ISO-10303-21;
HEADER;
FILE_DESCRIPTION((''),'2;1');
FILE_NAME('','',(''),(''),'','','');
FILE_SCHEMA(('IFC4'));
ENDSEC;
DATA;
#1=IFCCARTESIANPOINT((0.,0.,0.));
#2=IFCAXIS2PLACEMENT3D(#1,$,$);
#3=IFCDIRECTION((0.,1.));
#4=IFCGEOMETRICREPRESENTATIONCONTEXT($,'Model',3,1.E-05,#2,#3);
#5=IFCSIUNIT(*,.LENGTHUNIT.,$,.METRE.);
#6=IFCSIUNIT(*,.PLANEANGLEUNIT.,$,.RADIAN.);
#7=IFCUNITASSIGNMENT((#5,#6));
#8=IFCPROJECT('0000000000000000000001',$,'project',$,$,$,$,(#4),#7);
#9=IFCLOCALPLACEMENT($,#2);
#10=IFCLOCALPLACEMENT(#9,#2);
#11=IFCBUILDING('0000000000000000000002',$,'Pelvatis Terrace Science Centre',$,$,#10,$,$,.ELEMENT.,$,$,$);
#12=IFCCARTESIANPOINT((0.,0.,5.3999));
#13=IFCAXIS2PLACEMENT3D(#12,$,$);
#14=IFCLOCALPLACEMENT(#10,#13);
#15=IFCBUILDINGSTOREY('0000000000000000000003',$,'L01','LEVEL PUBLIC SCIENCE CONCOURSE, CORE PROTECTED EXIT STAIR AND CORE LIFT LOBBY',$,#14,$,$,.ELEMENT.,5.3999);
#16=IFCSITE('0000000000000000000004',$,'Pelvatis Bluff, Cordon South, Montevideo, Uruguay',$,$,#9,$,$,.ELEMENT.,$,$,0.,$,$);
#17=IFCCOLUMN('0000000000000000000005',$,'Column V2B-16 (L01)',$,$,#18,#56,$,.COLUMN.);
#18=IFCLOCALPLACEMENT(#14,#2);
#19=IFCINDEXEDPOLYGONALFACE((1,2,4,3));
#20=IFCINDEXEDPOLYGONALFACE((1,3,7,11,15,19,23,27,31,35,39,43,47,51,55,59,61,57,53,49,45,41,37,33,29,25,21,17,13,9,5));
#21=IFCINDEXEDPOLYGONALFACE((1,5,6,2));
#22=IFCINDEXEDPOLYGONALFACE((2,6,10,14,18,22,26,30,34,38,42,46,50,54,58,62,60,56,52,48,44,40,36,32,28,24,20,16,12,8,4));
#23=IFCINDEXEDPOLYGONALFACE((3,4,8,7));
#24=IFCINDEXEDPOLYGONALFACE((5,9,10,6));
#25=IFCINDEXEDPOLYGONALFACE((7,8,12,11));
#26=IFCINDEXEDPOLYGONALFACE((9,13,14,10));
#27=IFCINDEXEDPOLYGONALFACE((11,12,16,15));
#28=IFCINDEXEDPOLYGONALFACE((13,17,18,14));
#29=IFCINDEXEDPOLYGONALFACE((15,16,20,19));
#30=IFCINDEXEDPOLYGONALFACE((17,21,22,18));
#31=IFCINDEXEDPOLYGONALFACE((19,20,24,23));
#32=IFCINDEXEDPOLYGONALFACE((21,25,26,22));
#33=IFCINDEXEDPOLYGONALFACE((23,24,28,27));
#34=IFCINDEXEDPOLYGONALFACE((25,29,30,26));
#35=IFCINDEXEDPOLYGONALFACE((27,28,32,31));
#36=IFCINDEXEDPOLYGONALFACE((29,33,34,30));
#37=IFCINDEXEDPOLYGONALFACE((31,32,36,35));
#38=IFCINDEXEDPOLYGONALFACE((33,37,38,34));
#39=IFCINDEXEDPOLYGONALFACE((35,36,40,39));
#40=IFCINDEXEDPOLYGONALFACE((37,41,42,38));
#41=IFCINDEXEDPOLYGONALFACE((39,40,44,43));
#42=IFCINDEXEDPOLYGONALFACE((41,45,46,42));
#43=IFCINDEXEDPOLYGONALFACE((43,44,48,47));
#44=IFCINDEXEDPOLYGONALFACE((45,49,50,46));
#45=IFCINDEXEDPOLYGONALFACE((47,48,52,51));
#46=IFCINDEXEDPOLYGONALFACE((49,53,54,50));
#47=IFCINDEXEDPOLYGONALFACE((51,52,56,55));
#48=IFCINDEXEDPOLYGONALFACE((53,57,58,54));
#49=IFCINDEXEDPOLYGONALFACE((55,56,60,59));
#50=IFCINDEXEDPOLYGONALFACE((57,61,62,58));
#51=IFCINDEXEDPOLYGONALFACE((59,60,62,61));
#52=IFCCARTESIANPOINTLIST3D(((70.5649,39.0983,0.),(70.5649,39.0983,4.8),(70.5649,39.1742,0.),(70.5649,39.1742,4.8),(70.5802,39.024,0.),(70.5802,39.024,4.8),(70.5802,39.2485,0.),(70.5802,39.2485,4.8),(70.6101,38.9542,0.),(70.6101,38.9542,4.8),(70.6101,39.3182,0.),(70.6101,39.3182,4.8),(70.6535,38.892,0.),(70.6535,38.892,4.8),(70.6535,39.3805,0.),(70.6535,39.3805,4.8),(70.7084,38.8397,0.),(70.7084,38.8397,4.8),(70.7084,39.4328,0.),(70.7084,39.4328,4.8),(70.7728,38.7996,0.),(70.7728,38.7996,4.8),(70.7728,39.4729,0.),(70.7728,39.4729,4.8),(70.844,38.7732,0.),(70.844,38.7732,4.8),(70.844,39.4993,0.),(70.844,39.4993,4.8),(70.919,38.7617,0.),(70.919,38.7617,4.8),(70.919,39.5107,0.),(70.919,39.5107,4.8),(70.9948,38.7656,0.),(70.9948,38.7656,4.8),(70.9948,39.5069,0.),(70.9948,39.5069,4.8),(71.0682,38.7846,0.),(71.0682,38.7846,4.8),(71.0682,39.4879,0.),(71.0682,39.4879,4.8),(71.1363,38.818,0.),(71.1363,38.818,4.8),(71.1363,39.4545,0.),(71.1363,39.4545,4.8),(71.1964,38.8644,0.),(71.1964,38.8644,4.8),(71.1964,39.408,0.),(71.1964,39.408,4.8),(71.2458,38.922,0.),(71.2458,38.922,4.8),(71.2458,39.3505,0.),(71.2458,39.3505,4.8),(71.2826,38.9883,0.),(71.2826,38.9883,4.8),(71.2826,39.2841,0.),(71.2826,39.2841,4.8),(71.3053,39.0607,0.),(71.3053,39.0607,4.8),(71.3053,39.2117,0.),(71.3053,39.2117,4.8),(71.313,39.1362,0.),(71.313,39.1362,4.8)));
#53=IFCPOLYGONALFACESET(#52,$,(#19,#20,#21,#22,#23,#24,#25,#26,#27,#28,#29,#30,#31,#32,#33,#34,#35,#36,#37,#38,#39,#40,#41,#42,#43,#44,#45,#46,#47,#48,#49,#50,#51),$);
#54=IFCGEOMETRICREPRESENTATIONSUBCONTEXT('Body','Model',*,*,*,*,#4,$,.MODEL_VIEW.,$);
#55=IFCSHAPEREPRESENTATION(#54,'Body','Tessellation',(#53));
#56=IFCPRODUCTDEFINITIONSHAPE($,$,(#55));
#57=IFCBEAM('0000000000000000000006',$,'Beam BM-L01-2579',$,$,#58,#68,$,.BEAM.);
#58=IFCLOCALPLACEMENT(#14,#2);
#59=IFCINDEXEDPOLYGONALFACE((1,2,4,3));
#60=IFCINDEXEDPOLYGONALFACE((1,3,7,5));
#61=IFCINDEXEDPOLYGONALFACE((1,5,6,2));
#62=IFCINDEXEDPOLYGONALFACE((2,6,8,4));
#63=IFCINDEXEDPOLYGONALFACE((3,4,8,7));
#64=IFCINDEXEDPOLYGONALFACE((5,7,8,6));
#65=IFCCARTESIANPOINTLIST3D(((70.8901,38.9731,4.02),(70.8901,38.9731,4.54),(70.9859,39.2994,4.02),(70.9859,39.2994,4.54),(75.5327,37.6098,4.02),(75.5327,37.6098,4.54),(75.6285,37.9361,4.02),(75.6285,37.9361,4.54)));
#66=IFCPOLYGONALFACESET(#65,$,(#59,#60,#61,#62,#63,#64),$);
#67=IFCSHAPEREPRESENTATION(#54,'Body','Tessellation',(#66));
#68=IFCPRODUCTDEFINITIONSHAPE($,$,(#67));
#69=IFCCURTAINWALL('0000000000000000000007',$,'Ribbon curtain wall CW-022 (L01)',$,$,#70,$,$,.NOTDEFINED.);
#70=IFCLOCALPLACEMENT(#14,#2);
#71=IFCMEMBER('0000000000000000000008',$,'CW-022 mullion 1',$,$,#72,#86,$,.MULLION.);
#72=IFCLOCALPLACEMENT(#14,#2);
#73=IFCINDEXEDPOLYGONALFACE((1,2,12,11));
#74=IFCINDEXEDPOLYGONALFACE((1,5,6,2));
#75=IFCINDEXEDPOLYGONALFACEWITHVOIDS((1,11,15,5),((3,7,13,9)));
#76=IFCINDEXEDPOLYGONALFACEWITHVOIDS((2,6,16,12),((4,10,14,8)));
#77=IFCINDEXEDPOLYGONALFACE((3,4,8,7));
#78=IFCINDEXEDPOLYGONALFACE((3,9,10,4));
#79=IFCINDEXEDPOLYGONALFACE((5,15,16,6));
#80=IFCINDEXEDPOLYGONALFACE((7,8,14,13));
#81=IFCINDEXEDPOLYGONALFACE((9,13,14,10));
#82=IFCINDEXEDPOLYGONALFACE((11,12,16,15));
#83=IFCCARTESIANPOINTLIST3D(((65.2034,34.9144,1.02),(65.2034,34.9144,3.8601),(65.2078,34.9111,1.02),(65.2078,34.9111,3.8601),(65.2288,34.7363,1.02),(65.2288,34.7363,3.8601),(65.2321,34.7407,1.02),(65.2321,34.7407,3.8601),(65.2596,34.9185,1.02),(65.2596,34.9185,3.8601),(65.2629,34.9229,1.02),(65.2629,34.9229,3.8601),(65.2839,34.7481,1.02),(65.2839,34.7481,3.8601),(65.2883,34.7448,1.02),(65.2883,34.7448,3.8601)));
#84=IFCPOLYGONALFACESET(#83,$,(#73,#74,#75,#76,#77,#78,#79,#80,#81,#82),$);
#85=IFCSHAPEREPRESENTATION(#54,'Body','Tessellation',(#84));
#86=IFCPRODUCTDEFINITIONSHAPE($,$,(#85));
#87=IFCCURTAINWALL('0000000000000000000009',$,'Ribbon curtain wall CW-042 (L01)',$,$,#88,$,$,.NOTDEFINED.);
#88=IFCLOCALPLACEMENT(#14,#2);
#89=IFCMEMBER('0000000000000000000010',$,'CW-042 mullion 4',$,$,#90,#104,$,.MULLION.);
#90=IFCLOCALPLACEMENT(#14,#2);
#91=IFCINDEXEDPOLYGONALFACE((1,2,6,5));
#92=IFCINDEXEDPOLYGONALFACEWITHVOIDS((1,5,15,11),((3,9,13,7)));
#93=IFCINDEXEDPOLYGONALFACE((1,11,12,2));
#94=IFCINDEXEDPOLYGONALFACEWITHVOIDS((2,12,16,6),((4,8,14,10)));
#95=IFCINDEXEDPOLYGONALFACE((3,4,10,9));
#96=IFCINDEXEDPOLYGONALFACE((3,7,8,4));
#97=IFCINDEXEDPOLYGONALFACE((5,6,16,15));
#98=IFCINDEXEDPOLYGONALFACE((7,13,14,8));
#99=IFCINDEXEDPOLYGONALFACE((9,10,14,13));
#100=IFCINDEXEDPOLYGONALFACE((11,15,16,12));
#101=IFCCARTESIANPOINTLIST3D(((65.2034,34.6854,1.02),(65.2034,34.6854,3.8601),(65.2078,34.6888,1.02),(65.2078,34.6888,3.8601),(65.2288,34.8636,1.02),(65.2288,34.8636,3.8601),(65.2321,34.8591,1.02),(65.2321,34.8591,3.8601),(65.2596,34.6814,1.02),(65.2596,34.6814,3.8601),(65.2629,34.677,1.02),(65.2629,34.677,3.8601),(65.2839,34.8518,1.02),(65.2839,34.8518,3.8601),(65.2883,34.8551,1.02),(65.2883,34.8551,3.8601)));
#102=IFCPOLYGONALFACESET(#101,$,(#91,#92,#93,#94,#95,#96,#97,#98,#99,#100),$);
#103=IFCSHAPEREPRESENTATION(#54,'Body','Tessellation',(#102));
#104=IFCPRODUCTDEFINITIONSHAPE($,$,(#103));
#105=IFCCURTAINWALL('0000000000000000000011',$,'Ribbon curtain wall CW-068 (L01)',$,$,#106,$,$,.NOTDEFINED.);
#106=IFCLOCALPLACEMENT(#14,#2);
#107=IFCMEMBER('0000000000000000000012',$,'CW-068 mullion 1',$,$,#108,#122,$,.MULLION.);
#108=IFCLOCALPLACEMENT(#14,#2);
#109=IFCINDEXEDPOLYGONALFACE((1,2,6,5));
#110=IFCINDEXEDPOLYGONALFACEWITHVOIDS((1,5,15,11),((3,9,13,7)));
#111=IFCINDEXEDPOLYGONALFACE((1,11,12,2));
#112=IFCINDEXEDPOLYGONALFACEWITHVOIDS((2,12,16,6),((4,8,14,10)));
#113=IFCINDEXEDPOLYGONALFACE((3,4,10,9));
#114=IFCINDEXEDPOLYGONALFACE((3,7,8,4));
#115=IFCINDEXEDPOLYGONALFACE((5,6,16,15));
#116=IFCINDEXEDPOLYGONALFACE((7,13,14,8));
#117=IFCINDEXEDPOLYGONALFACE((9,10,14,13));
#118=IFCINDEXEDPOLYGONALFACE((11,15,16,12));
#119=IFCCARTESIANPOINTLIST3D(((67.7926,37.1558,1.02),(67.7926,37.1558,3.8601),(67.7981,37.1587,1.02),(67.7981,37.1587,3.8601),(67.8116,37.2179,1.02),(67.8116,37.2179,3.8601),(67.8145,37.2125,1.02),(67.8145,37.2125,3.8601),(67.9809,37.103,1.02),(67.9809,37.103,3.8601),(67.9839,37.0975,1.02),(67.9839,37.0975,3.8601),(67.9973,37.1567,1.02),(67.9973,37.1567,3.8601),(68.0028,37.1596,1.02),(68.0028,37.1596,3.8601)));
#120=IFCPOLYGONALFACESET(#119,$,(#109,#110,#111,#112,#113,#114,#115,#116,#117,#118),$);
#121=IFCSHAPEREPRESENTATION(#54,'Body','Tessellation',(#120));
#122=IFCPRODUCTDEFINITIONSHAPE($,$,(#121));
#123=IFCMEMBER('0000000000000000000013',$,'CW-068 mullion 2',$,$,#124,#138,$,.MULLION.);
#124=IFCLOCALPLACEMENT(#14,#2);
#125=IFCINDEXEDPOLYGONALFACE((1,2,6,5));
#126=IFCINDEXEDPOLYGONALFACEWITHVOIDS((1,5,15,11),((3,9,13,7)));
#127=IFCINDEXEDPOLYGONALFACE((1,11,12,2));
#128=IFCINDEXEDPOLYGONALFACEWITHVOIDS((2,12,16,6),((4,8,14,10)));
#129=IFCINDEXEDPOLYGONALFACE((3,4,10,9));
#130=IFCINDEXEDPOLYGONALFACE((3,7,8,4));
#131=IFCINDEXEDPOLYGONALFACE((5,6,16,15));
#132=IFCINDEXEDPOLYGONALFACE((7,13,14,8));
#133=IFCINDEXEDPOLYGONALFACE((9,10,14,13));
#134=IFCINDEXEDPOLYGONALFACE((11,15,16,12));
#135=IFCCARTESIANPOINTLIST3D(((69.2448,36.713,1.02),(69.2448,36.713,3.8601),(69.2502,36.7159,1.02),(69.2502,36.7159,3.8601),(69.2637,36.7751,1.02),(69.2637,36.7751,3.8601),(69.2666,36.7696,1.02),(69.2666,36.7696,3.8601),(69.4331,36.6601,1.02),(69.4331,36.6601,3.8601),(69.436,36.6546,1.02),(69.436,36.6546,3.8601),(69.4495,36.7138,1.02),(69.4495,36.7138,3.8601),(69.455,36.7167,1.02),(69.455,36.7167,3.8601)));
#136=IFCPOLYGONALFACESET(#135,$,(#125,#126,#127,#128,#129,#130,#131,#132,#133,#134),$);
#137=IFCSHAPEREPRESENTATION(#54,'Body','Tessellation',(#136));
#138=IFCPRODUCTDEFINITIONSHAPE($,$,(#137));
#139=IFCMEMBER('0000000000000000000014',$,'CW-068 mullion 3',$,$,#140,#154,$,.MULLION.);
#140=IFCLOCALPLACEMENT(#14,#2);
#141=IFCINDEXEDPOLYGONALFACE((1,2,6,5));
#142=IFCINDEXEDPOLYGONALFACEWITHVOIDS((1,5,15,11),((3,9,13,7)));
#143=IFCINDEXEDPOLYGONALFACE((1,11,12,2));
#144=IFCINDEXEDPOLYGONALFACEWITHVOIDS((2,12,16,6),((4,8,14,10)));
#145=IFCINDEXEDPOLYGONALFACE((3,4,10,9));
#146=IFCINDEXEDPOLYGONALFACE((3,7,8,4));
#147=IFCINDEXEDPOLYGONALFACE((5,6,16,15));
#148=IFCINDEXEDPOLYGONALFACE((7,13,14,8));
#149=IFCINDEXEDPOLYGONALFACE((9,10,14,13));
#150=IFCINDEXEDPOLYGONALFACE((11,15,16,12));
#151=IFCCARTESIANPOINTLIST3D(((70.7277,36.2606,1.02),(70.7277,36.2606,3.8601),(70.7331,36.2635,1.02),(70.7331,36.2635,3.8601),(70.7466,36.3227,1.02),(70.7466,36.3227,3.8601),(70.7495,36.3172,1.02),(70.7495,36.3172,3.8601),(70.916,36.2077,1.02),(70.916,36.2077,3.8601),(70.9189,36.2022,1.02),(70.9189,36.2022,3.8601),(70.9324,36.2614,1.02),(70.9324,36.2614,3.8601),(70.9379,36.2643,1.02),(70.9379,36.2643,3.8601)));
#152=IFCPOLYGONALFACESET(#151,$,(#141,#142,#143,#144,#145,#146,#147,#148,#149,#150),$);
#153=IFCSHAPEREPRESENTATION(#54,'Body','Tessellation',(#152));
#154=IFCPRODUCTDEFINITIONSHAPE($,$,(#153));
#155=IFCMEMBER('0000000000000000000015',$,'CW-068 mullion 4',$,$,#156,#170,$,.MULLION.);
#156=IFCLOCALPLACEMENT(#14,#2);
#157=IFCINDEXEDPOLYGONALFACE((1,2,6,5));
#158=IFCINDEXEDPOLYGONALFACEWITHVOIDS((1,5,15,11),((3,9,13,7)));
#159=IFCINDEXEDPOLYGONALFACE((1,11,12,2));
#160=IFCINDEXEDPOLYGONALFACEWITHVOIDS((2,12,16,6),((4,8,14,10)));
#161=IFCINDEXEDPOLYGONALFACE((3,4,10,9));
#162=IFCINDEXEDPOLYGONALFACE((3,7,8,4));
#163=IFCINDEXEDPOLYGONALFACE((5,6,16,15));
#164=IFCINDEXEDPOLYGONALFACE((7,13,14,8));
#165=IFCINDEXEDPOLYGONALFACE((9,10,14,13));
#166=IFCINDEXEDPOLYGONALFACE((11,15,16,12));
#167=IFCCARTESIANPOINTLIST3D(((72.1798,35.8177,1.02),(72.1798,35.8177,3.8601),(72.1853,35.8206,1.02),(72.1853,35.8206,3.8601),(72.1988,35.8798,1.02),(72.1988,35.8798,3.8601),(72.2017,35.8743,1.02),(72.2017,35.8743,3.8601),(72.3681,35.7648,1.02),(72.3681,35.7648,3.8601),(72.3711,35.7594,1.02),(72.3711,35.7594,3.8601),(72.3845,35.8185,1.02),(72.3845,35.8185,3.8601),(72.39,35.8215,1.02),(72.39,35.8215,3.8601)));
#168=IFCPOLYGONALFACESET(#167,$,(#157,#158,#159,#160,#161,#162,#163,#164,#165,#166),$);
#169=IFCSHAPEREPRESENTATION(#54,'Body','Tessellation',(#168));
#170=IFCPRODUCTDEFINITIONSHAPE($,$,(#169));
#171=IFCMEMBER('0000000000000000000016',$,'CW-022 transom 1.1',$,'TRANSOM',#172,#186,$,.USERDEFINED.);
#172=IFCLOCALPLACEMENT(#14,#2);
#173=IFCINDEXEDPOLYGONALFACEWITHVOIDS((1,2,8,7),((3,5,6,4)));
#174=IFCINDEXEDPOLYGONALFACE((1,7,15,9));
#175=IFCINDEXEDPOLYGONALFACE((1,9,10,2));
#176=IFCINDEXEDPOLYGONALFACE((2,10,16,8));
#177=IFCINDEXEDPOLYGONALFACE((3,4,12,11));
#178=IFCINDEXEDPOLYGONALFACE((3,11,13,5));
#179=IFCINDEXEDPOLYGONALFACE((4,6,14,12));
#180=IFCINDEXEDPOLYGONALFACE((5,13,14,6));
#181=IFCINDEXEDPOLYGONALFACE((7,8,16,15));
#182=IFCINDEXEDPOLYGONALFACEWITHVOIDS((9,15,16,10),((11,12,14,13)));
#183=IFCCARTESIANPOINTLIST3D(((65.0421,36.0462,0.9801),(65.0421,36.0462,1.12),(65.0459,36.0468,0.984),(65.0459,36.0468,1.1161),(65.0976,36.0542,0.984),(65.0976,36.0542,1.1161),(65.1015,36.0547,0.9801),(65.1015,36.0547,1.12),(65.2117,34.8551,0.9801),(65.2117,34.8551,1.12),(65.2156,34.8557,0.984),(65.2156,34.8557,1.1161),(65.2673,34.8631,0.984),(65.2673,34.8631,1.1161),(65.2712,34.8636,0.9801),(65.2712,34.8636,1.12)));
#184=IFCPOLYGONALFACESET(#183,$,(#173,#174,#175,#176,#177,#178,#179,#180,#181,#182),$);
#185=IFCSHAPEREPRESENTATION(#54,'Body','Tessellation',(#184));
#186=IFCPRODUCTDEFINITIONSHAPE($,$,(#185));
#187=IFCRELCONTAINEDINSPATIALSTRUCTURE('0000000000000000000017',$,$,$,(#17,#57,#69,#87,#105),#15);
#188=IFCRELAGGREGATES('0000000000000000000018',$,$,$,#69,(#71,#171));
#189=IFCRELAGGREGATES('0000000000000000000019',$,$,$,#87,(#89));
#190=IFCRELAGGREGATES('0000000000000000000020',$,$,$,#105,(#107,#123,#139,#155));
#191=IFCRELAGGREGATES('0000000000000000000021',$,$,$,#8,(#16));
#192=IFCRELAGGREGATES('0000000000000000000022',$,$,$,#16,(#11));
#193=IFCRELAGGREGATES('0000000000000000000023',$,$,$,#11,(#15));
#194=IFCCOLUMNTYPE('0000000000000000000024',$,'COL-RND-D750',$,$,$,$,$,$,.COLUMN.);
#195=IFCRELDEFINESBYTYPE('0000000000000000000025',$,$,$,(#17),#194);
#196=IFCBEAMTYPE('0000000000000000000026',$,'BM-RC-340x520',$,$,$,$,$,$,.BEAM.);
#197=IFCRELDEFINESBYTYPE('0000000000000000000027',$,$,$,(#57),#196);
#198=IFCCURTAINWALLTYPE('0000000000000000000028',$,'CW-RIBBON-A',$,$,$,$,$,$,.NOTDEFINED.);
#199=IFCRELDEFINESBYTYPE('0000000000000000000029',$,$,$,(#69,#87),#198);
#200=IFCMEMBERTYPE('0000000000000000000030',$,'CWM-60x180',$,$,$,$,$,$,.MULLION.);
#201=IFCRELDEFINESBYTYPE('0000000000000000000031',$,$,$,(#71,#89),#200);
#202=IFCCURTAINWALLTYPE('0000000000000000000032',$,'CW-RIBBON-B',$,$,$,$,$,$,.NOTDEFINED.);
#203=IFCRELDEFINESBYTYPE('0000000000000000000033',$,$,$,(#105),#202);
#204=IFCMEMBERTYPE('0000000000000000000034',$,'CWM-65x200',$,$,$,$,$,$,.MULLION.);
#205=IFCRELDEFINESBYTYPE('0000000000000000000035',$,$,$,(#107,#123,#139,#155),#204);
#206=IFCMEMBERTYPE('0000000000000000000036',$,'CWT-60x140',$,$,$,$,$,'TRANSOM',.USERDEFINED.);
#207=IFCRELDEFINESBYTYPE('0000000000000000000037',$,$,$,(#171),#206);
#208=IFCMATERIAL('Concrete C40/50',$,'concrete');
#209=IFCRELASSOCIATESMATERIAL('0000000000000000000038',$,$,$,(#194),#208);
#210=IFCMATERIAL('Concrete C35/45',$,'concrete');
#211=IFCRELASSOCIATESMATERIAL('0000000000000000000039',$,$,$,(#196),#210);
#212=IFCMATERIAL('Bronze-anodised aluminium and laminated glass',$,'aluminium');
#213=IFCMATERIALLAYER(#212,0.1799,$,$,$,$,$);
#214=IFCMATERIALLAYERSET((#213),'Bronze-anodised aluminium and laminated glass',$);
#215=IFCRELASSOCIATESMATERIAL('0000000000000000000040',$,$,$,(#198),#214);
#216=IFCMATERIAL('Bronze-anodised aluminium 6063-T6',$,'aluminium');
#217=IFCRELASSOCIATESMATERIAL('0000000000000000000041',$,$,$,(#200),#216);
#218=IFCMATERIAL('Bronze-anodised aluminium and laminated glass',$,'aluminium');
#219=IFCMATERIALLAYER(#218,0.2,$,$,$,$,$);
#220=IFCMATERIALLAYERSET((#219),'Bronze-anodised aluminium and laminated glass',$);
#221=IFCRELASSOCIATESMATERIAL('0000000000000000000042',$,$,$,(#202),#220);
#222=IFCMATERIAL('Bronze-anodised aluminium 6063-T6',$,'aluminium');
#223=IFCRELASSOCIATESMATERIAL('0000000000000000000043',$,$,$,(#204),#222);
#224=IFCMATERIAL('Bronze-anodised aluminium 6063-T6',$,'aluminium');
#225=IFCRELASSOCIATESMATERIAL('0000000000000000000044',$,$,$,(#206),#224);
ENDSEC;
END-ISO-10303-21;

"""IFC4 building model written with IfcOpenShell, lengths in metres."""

from ifc_helpers import new_model, si_unit, direction, frame, origin, origin_2d, place, context, subcontext, project, spatial, rectangle, hollow_rectangle, circle, extrude, material, layer, layer_set, material_profile, profile_set, type_object, element, aggregate, save


model = new_model("IFC4")

# Units and contexts
model_context = context("Model", 3, precision=1e-05, world=origin(), true_north=direction((0.0, 1.0)))
body_context = subcontext(model_context, "Body", "Model", "MODEL_VIEW")
ifc_project = project(units=[si_unit("LENGTHUNIT", "METRE"), si_unit("PLANEANGLEUNIT", "RADIAN")], contexts=[model_context])

# Site, building, storey
site_placement = place(None, origin())
site = spatial("IfcSite", under=ifc_project, at=site_placement, Name="Pelvatis Bluff, Cordon South, Montevideo, Uruguay", CompositionType="ELEMENT", RefElevation=0.0)
building_placement = place(site_placement, origin())
building = spatial("IfcBuilding", under=site, at=building_placement, Name="Pelvatis Terrace Science Centre", CompositionType="ELEMENT")
storey_placement = place(building_placement, frame((0.0, 0.0, 5.3999)))
storey = spatial("IfcBuildingStorey", under=building, at=storey_placement, Name="L01", Description="LEVEL PUBLIC SCIENCE CONCOURSE, CORE PROTECTED EXIT STAIR AND CORE LIFT LOBBY", CompositionType="ELEMENT", Elevation=5.3999)

# Column
ifc_material_1 = material(Name="Concrete C40/50", Category="concrete")
ifc_material_profile_1 = material_profile(ifc_material_1, circle(Radius=0.375, at=origin_2d()), Name="RC-RCOL D750")
ifc_profile_set_1 = profile_set([ifc_material_profile_1], Name="Concrete C40/50")
column_type = type_object("IfcColumnType", Name="COL-RND-D750", PredefinedType="COLUMN", material=ifc_profile_set_1)
column_placement = place(storey_placement, frame((70.938, 39.1362, 0.0), z_axis=(0.0, 0.0, 1.0), x_axis=(1.0, 0.0, 0.0)))
element("IfcColumn", 1, at=column_placement, inside=storey, type_object=column_type, Name="Column V2B-16 (L01)", PredefinedType="COLUMN", context=body_context, shape_type="SweptSolid", body=[
    extrude(circle(Radius=0.375, at=origin_2d()), origin(), (0.0, 0.0, 1.0), 4.8),
])

# Beam
ifc_material_2 = material(Name="Concrete C35/45", Category="concrete")
ifc_material_profile_2 = material_profile(ifc_material_2, rectangle(XDim=0.3401, YDim=0.52, at=origin_2d()), Name="RC-BM 340x520")
ifc_profile_set_2 = profile_set([ifc_material_profile_2], Name="Concrete C35/45")
beam_type = type_object("IfcBeamType", Name="BM-RC-340x520", PredefinedType="BEAM", material=ifc_profile_set_2)
beam_placement = place(storey_placement, frame((70.938, 39.1362, 4.28), z_axis=(0.959488, -0.281751, 0.0), x_axis=(0.281751, 0.959488, 0.0)))
element("IfcBeam", 2, at=beam_placement, inside=storey, type_object=beam_type, Name="Beam BM-L01-2579", PredefinedType="BEAM", context=body_context, shape_type="SweptSolid", body=[
    extrude(rectangle(XDim=0.3401, YDim=0.52, at=origin_2d()), origin(), (0.0, 0.0, 1.0), 4.8386),
])

# Curtain walls, members
ifc_material_3 = material(Name="Bronze-anodised aluminium and laminated glass", Category="aluminium")
ifc_layer_1 = layer(ifc_material_3, 0.1799)
ifc_layer_set_1 = layer_set([ifc_layer_1], Name="Bronze-anodised aluminium and laminated glass")
curtain_wall_type_1 = type_object("IfcCurtainWallType", Name="CW-RIBBON-A", PredefinedType="NOTDEFINED", material=ifc_layer_set_1)
curtain_wall_1_placement = place(storey_placement, origin())
curtain_wall_1 = element("IfcCurtainWall", 3, at=curtain_wall_1_placement, inside=storey, type_object=curtain_wall_type_1, Name="Ribbon curtain wall CW-022 (L01)", PredefinedType="NOTDEFINED")
ifc_material_4 = material(Name="Bronze-anodised aluminium 6063-T6", Category="aluminium")
ifc_material_profile_3 = material_profile(ifc_material_4, hollow_rectangle(XDim=0.0601, YDim=0.1799, WallThickness=0.0039, at=origin_2d()), Name="ALU-MUL 60x180")
ifc_profile_set_3 = profile_set([ifc_material_profile_3], Name="Bronze-anodised aluminium 6063-T6")
member_type_1 = type_object("IfcMemberType", Name="CWM-60x180", PredefinedType="MULLION", material=ifc_profile_set_3)
member_1_placement = place(storey_placement, frame((65.2458, 34.8296, 1.02), z_axis=(0.0, 0.0, 1.0), x_axis=(-0.989986, -0.141165, 0.0)))
member_1 = element("IfcMember", 4, at=member_1_placement, type_object=member_type_1, Name="CW-022 mullion 1", PredefinedType="MULLION", context=body_context, shape_type="SweptSolid", body=[
    extrude(hollow_rectangle(XDim=0.0601, YDim=0.1799, WallThickness=0.0039, at=origin_2d()), origin(), (0.0, 0.0, 1.0), 2.8401),
])
curtain_wall_2_placement = place(storey_placement, origin())
curtain_wall_2 = element("IfcCurtainWall", 5, at=curtain_wall_2_placement, inside=storey, type_object=curtain_wall_type_1, Name="Ribbon curtain wall CW-042 (L01)", PredefinedType="NOTDEFINED")
member_2_placement = place(storey_placement, frame((65.2458, 34.7703, 1.02), z_axis=(0.0, 0.0, 1.0), x_axis=(-0.989986, 0.141165, 0.0)))
member_2 = element("IfcMember", 6, at=member_2_placement, type_object=member_type_1, Name="CW-042 mullion 4", PredefinedType="MULLION", context=body_context, shape_type="SweptSolid", body=[
    extrude(hollow_rectangle(XDim=0.0601, YDim=0.1799, WallThickness=0.0039, at=origin_2d()), origin(), (0.0, 0.0, 1.0), 2.8401),
])

# Curtain wall, members
ifc_material_5 = material(Name="Bronze-anodised aluminium and laminated glass", Category="aluminium")
ifc_layer_2 = layer(ifc_material_5, 0.2)
ifc_layer_set_2 = layer_set([ifc_layer_2], Name="Bronze-anodised aluminium and laminated glass")
curtain_wall_type_2 = type_object("IfcCurtainWallType", Name="CW-RIBBON-B", PredefinedType="NOTDEFINED", material=ifc_layer_set_2)
curtain_wall_3_placement = place(storey_placement, origin())
curtain_wall_3 = element("IfcCurtainWall", 7, at=curtain_wall_3_placement, inside=storey, type_object=curtain_wall_type_2, Name="Ribbon curtain wall CW-068 (L01)", PredefinedType="NOTDEFINED")
ifc_material_6 = material(Name="Bronze-anodised aluminium 6063-T6", Category="aluminium")
ifc_material_profile_4 = material_profile(ifc_material_6, hollow_rectangle(XDim=0.0649, YDim=0.2, WallThickness=0.0044, at=origin_2d()), Name="ALU-MUL 65x200")
ifc_profile_set_4 = profile_set([ifc_material_profile_4], Name="Bronze-anodised aluminium 6063-T6")
member_type_2 = type_object("IfcMemberType", Name="CWM-65x200", PredefinedType="MULLION", material=ifc_profile_set_4)
member_3_placement = place(storey_placement, frame((67.8977, 37.1577, 1.02), z_axis=(0.0, 0.0, 1.0), x_axis=(0.291751, 0.956494, 0.0)))
member_3 = element("IfcMember", 8, at=member_3_placement, type_object=member_type_2, Name="CW-068 mullion 1", PredefinedType="MULLION", context=body_context, shape_type="SweptSolid", body=[
    extrude(hollow_rectangle(XDim=0.0649, YDim=0.2, WallThickness=0.0044, at=origin_2d()), origin(), (0.0, 0.0, 1.0), 2.8401),
])
member_4_placement = place(storey_placement, frame((69.3499, 36.7148, 1.02), z_axis=(0.0, 0.0, 1.0), x_axis=(0.291751, 0.956494, 0.0)))
member_4 = element("IfcMember", 9, at=member_4_placement, type_object=member_type_2, Name="CW-068 mullion 2", PredefinedType="MULLION", context=body_context, shape_type="SweptSolid", body=[
    extrude(hollow_rectangle(XDim=0.0649, YDim=0.2, WallThickness=0.0044, at=origin_2d()), origin(), (0.0, 0.0, 1.0), 2.8401),
])
member_5_placement = place(storey_placement, frame((70.8328, 36.2625, 1.02), z_axis=(0.0, 0.0, 1.0), x_axis=(0.291751, 0.956494, 0.0)))
member_5 = element("IfcMember", 10, at=member_5_placement, type_object=member_type_2, Name="CW-068 mullion 3", PredefinedType="MULLION", context=body_context, shape_type="SweptSolid", body=[
    extrude(hollow_rectangle(XDim=0.0649, YDim=0.2, WallThickness=0.0044, at=origin_2d()), origin(), (0.0, 0.0, 1.0), 2.8401),
])
member_6_placement = place(storey_placement, frame((72.2849, 35.8196, 1.02), z_axis=(0.0, 0.0, 1.0), x_axis=(0.291751, 0.956494, 0.0)))
member_6 = element("IfcMember", 11, at=member_6_placement, type_object=member_type_2, Name="CW-068 mullion 4", PredefinedType="MULLION", context=body_context, shape_type="SweptSolid", body=[
    extrude(hollow_rectangle(XDim=0.0649, YDim=0.2, WallThickness=0.0044, at=origin_2d()), origin(), (0.0, 0.0, 1.0), 2.8401),
])

# Member
ifc_material_7 = material(Name="Bronze-anodised aluminium 6063-T6", Category="aluminium")
ifc_material_profile_5 = material_profile(ifc_material_7, hollow_rectangle(XDim=0.0601, YDim=0.1399, WallThickness=0.0039, at=origin_2d()), Name="ALU-TRN 60x140")
ifc_profile_set_5 = profile_set([ifc_material_profile_5], Name="Bronze-anodised aluminium 6063-T6")
member_type_3 = type_object("IfcMemberType", Name="CWT-60x140", ElementType="TRANSOM", PredefinedType="USERDEFINED", material=ifc_profile_set_5)
member_7_placement = place(storey_placement, frame((65.2415, 34.8594, 1.05), z_axis=(-0.141024, 0.990006, 0.0), x_axis=(-0.990006, -0.141024, 0.0)))
member_7 = element("IfcMember", 12, at=member_7_placement, type_object=member_type_3, Name="CW-022 transom 1.1", ObjectType="TRANSOM", PredefinedType="USERDEFINED", context=body_context, shape_type="SweptSolid", body=[
    extrude(hollow_rectangle(XDim=0.0601, YDim=0.1399, WallThickness=0.0039, at=origin_2d()), origin(), (0.0, 0.0, 1.0), 1.2031),
])

aggregate(curtain_wall_1, [member_1, member_7])
aggregate(curtain_wall_2, [member_2])
aggregate(curtain_wall_3, [member_3, member_4, member_5, member_6])

save(model, "model.ifc")
